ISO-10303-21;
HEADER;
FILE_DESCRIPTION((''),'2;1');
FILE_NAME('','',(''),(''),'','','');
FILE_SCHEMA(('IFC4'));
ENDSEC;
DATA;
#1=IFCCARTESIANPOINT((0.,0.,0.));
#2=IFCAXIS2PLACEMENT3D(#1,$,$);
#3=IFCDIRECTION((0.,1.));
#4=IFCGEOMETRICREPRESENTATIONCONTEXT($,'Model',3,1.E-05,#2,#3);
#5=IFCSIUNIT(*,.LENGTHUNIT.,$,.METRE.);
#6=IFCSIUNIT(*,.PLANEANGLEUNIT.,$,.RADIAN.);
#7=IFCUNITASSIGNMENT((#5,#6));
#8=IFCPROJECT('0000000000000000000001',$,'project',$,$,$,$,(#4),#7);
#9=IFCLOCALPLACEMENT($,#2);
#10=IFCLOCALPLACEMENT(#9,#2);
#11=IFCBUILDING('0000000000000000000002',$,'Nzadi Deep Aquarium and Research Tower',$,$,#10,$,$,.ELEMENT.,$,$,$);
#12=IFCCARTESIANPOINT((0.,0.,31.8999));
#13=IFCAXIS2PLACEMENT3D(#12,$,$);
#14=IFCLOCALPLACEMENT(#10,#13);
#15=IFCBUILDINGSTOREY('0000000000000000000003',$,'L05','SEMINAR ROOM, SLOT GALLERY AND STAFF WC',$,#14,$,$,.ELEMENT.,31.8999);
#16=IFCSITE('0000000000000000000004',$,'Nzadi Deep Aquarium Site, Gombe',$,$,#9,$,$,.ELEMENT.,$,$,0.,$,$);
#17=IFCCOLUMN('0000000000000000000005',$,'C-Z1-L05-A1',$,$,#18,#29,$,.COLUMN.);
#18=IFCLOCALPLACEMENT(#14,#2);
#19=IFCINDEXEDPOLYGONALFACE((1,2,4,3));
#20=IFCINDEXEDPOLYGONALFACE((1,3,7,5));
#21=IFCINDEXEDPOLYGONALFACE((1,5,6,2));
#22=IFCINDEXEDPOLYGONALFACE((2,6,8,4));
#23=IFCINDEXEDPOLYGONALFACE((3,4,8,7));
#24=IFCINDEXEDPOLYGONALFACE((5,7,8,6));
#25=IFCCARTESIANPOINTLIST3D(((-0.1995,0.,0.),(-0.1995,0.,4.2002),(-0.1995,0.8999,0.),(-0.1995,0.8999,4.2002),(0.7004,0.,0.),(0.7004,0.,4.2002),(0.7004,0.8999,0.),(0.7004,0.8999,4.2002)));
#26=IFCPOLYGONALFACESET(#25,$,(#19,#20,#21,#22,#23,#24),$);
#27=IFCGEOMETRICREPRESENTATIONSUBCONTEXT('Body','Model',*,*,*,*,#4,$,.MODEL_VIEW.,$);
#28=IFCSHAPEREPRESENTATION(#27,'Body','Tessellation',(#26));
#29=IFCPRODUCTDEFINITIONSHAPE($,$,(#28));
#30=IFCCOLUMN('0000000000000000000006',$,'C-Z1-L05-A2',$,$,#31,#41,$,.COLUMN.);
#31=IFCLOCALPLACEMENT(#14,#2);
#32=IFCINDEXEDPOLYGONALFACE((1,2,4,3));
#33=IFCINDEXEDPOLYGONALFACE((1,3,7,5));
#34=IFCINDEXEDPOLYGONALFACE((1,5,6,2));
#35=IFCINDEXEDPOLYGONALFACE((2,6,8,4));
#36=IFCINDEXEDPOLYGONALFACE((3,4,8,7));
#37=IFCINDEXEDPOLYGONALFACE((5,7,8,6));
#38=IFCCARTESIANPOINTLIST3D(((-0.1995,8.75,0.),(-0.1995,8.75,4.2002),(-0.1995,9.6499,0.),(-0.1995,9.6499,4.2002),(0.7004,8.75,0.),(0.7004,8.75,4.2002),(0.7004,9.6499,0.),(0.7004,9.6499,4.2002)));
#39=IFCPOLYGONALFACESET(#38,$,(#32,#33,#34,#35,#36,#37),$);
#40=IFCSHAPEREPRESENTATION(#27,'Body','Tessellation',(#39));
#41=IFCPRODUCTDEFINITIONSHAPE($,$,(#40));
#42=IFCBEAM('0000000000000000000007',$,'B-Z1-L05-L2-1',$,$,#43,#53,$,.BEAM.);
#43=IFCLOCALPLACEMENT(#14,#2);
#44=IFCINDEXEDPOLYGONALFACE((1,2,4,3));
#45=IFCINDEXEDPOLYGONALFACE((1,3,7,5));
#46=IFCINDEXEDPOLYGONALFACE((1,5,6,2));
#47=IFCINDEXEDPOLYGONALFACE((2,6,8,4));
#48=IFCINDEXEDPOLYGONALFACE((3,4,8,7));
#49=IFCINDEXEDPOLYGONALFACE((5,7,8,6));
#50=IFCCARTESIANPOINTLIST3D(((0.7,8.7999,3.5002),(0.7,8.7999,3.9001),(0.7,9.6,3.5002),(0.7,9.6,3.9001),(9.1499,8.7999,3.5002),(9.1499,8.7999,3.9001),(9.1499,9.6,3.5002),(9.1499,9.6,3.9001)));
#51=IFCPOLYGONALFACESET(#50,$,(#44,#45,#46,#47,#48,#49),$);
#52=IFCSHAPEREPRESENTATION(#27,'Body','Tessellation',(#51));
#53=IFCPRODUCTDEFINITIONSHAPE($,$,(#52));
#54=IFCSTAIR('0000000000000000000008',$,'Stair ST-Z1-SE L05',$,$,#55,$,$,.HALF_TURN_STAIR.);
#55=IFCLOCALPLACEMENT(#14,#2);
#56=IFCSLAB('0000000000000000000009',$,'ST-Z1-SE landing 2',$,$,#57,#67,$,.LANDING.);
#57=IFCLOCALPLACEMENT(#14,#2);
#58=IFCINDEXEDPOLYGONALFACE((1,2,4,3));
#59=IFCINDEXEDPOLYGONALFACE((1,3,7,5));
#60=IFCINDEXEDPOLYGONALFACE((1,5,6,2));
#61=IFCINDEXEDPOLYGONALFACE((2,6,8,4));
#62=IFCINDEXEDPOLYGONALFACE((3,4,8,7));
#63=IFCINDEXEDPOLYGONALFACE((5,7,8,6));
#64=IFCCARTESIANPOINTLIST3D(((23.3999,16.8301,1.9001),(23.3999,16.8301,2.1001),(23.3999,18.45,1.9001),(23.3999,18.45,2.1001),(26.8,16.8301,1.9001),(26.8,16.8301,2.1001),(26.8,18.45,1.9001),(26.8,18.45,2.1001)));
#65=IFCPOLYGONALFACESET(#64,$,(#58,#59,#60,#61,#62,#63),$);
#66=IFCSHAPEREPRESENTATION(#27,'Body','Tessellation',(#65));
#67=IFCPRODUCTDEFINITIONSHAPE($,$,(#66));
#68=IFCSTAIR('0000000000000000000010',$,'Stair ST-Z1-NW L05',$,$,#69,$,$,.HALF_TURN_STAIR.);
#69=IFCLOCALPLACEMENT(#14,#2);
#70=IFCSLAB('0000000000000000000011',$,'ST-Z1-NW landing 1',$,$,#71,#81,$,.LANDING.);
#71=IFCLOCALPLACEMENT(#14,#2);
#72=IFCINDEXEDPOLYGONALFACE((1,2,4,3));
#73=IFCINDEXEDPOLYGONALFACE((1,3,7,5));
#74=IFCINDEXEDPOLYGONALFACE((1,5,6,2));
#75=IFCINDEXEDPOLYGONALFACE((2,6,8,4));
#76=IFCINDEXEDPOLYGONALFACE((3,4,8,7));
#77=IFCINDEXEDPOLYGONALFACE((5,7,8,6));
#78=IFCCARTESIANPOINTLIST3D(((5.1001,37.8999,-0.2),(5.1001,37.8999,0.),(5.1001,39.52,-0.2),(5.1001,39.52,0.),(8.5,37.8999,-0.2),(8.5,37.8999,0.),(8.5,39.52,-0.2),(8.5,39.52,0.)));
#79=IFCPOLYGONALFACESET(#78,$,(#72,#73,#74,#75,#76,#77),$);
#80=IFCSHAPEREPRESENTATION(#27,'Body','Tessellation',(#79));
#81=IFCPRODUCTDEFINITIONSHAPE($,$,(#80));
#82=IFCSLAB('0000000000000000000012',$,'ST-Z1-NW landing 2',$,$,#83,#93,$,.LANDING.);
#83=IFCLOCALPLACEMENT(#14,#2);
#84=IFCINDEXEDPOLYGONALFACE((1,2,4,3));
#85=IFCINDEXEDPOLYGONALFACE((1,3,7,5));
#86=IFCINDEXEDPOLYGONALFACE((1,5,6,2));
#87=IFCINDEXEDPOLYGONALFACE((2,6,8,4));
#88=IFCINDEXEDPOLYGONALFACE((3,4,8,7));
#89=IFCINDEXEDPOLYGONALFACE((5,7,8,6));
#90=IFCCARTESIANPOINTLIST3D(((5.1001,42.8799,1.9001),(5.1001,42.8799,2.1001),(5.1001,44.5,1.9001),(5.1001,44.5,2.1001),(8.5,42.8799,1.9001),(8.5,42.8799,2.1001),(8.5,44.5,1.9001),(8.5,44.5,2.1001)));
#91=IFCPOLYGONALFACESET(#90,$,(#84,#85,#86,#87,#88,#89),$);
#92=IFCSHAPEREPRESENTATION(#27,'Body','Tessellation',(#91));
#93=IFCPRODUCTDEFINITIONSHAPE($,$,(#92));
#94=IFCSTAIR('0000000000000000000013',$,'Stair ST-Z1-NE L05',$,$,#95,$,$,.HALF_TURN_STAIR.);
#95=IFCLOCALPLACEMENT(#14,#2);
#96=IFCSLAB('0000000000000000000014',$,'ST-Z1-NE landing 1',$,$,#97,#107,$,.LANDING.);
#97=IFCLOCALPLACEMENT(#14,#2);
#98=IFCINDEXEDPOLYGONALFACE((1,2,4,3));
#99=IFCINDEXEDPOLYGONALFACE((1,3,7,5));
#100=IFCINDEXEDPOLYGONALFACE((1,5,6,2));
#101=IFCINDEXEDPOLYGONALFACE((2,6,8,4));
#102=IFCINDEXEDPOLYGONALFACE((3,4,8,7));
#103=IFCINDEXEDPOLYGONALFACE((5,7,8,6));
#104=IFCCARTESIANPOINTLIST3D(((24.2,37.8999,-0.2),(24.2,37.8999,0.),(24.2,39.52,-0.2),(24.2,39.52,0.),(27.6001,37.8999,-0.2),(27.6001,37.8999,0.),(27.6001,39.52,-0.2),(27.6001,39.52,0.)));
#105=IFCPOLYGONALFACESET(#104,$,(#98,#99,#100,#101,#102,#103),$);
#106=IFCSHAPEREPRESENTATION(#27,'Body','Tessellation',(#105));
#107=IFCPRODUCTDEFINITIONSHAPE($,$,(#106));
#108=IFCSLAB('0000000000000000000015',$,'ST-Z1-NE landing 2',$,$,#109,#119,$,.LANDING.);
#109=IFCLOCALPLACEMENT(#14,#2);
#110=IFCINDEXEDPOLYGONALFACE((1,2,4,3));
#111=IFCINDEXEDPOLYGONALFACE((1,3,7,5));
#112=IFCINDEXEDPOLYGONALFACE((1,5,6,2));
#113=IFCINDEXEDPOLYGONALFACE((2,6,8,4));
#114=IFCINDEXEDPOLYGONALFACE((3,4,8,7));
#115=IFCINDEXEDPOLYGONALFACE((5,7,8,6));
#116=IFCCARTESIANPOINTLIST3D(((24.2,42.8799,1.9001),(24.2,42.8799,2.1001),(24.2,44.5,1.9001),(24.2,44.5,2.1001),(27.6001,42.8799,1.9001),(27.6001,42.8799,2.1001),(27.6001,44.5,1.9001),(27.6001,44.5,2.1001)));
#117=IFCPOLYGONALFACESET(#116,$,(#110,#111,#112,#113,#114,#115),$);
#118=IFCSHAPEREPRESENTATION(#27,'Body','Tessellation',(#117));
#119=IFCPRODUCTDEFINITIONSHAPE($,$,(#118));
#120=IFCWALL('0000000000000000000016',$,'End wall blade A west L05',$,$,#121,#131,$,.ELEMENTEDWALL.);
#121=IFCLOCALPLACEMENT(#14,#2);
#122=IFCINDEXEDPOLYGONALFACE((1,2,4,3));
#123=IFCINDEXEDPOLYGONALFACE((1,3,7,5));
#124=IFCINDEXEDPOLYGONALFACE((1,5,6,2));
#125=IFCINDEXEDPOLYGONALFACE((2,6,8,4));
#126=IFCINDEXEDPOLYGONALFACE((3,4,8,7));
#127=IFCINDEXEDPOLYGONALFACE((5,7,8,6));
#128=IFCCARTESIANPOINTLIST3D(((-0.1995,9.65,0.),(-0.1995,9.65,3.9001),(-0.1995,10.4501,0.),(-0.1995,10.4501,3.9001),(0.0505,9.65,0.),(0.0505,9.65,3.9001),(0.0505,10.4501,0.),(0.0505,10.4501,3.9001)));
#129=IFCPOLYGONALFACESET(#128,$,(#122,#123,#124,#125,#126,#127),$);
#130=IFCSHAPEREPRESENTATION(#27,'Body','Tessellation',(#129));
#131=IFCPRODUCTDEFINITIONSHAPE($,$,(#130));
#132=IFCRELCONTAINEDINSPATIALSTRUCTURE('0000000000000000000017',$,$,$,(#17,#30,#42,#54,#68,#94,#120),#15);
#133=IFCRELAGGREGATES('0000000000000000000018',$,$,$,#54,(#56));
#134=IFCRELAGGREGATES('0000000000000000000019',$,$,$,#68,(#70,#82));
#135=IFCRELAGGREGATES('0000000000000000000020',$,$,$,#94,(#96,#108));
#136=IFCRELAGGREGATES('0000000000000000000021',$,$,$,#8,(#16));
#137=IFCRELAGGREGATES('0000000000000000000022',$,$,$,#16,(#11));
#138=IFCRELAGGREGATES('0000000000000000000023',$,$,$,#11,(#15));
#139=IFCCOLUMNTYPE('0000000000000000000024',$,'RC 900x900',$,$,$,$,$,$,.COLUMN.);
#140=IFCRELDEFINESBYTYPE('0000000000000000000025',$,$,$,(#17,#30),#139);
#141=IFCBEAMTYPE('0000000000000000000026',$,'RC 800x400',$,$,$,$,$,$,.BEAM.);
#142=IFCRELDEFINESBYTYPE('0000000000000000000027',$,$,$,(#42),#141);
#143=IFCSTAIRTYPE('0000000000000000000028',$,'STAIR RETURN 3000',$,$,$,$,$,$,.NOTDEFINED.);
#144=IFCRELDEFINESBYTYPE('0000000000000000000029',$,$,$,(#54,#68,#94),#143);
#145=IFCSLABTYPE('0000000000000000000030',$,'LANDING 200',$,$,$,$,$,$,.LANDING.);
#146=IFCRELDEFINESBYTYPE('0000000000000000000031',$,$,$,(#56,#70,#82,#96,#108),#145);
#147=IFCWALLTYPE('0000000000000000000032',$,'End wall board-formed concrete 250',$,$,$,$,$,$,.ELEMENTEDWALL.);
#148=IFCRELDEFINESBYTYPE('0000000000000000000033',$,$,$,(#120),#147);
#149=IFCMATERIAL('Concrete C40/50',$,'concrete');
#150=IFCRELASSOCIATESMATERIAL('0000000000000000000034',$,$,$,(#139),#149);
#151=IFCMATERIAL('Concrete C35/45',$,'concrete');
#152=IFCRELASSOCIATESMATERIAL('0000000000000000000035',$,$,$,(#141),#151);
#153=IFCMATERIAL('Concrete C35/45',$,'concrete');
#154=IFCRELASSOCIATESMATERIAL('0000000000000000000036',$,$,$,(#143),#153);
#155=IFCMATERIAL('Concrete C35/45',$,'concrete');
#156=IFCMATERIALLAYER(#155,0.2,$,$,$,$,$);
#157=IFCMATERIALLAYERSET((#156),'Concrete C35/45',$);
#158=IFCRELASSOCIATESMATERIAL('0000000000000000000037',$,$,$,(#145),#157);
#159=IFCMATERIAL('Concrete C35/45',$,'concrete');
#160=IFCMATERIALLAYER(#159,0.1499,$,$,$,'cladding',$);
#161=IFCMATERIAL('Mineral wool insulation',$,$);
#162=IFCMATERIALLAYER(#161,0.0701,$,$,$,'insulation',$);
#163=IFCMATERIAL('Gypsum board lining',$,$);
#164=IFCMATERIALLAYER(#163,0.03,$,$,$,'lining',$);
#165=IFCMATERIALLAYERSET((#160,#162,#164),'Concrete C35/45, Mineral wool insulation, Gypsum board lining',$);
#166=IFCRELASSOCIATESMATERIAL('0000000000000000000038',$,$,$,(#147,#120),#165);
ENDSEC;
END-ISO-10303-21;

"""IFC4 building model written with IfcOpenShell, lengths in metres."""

from ifc_helpers import new_model, si_unit, direction, frame, frame_2d, origin, origin_2d, place, context, subcontext, project, spatial, polyline, rectangle, outline, extrude, material, layer, layer_set, layer_usage, material_profile, profile_set, type_object, element, aggregate, save


model = new_model("IFC4")

# Units and contexts
model_context = context("Model", 3, precision=1e-05, world=origin(), true_north=direction((0.0, 1.0)))
body_context = subcontext(model_context, "Body", "Model", "MODEL_VIEW")
ifc_project = project(units=[si_unit("LENGTHUNIT", "METRE"), si_unit("PLANEANGLEUNIT", "RADIAN")], contexts=[model_context])

# Site, building, storey
site_placement = place(None, origin())
site = spatial("IfcSite", under=ifc_project, at=site_placement, Name="Nzadi Deep Aquarium Site, Gombe", CompositionType="ELEMENT", RefElevation=0.0)
building_placement = place(site_placement, origin())
building = spatial("IfcBuilding", under=site, at=building_placement, Name="Nzadi Deep Aquarium and Research Tower", CompositionType="ELEMENT")
storey_placement = place(building_placement, frame((0.0, 0.0, 31.8999)))
storey = spatial("IfcBuildingStorey", under=building, at=storey_placement, Name="L05", Description="SEMINAR ROOM, SLOT GALLERY AND STAFF WC", CompositionType="ELEMENT", Elevation=31.8999)

# Columns
ifc_material_1 = material(Name="Concrete C40/50", Category="concrete")
ifc_material_profile_1 = material_profile(ifc_material_1, rectangle(XDim=0.8999, YDim=0.8999, at=origin_2d()))
ifc_profile_set_1 = profile_set([ifc_material_profile_1], Name="Concrete C40/50")
column_type = type_object("IfcColumnType", Name="RC 900x900", PredefinedType="COLUMN", material=ifc_profile_set_1)
for number, where, z_axis, x_axis, name in (
    (1, (0.2505, 0.45, 0.0), (0.0, 0.0, 1.0), (1.0, 0.0, 0.0), "C-Z1-L05-A1"),
    (2, (0.2505, 9.2, 0.0), (0.0, 0.0, 1.0), (1.0, 0.0, 0.0), "C-Z1-L05-A2"),
):
    element("IfcColumn", number, at=place(storey_placement, frame(where, z_axis=z_axis, x_axis=x_axis)), inside=storey, type_object=column_type, Name=name, PredefinedType="COLUMN", context=body_context, shape_type="SweptSolid", body=[
        extrude(rectangle(XDim=0.8999, YDim=0.8999, at=origin_2d()), origin(), (0.0, 0.0, 1.0), 4.2002),
    ])

# Beam
ifc_material_2 = material(Name="Concrete C35/45", Category="concrete")
ifc_material_profile_2 = material_profile(ifc_material_2, rectangle(XDim=0.8, YDim=0.3999, at=origin_2d()))
ifc_profile_set_2 = profile_set([ifc_material_profile_2], Name="Concrete C35/45")
beam_type = type_object("IfcBeamType", Name="RC 800x400", PredefinedType="BEAM", material=ifc_profile_set_2)
beam_placement = place(storey_placement, frame((0.7, 9.2, 3.7002), z_axis=(1.0, 0.0, 0.0), x_axis=(0.0, 1.0, 0.0)))
element("IfcBeam", 3, at=beam_placement, inside=storey, type_object=beam_type, Name="B-Z1-L05-L2-1", PredefinedType="BEAM", context=body_context, shape_type="SweptSolid", body=[
    extrude(rectangle(XDim=0.8, YDim=0.3999, at=origin_2d()), origin(), (0.0, 0.0, 1.0), 8.45),
])

# Stair, slab
ifc_material_3 = material(Name="Concrete C35/45", Category="concrete")
stair_type = type_object("IfcStairType", Name="STAIR RETURN 3000", PredefinedType="NOTDEFINED", material=ifc_material_3)
stair_1_placement = place(storey_placement, origin())
stair_1 = element("IfcStair", 4, at=stair_1_placement, inside=storey, type_object=stair_type, Name="Stair ST-Z1-SE L05", PredefinedType="HALF_TURN_STAIR")
ifc_material_4 = material(Name="Concrete C35/45", Category="concrete")
ifc_layer_1 = layer(ifc_material_4, 0.2)
ifc_layer_set_1 = layer_set([ifc_layer_1], Name="Concrete C35/45")
slab_type = type_object("IfcSlabType", Name="LANDING 200", PredefinedType="LANDING", material=ifc_layer_set_1)
slab_1_placement = place(storey_placement, frame((0.0, 0.0, 1.9001)))
slab_1 = element("IfcSlab", 5, at=slab_1_placement, type_object=slab_type, Name="ST-Z1-SE landing 2", PredefinedType="LANDING", context=body_context, shape_type="SweptSolid", body=[
    extrude(outline(polyline([(23.3999, 16.8301), (26.8, 16.8301), (26.8, 18.45), (23.3999, 18.45), (23.3999, 16.8301)])), origin(), (0.0, 0.0, 1.0), 0.2),
])
aggregate(stair_1, [slab_1])

# Stairs, slabs
stair_2_placement = place(storey_placement, origin())
stair_2 = element("IfcStair", 6, at=stair_2_placement, inside=storey, type_object=stair_type, Name="Stair ST-Z1-NW L05", PredefinedType="HALF_TURN_STAIR")
slab_2_placement = place(storey_placement, frame((0.0, 0.0, -0.2)))
slab_2 = element("IfcSlab", 7, at=slab_2_placement, type_object=slab_type, Name="ST-Z1-NW landing 1", PredefinedType="LANDING", context=body_context, shape_type="SweptSolid", body=[
    extrude(outline(polyline([(5.1001, 37.8999), (8.5, 37.8999), (8.5, 39.52), (5.1001, 39.52), (5.1001, 37.8999)])), origin(), (0.0, 0.0, 1.0), 0.2),
])
slab_3_placement = place(storey_placement, frame((0.0, 0.0, 1.9001)))
slab_3 = element("IfcSlab", 8, at=slab_3_placement, type_object=slab_type, Name="ST-Z1-NW landing 2", PredefinedType="LANDING", context=body_context, shape_type="SweptSolid", body=[
    extrude(outline(polyline([(5.1001, 42.8799), (8.5, 42.8799), (8.5, 44.5), (5.1001, 44.5), (5.1001, 42.8799)])), origin(), (0.0, 0.0, 1.0), 0.2),
])
aggregate(stair_2, [slab_2, slab_3])
stair_3_placement = place(storey_placement, origin())
stair_3 = element("IfcStair", 9, at=stair_3_placement, inside=storey, type_object=stair_type, Name="Stair ST-Z1-NE L05", PredefinedType="HALF_TURN_STAIR")
slab_4_placement = place(storey_placement, frame((0.0, 0.0, -0.2)))
slab_4 = element("IfcSlab", 10, at=slab_4_placement, type_object=slab_type, Name="ST-Z1-NE landing 1", PredefinedType="LANDING", context=body_context, shape_type="SweptSolid", body=[
    extrude(outline(polyline([(24.2, 37.8999), (27.6001, 37.8999), (27.6001, 39.52), (24.2, 39.52), (24.2, 37.8999)])), origin(), (0.0, 0.0, 1.0), 0.2),
])
slab_5_placement = place(storey_placement, frame((0.0, 0.0, 1.9001)))
slab_5 = element("IfcSlab", 11, at=slab_5_placement, type_object=slab_type, Name="ST-Z1-NE landing 2", PredefinedType="LANDING", context=body_context, shape_type="SweptSolid", body=[
    extrude(outline(polyline([(24.2, 42.8799), (27.6001, 42.8799), (27.6001, 44.5), (24.2, 44.5), (24.2, 42.8799)])), origin(), (0.0, 0.0, 1.0), 0.2),
])
aggregate(stair_3, [slab_4, slab_5])

# Wall
ifc_material_5 = material(Name="Concrete C35/45", Category="concrete")
ifc_layer_2 = layer(ifc_material_5, 0.1499, Category="cladding")
ifc_material_6 = material(Name="Mineral wool insulation")
ifc_layer_3 = layer(ifc_material_6, 0.0701, Category="insulation")
ifc_material_7 = material(Name="Gypsum board lining")
ifc_layer_4 = layer(ifc_material_7, 0.03, Category="lining")
ifc_layer_set_2 = layer_set([ifc_layer_2, ifc_layer_3, ifc_layer_4], Name="Concrete C35/45, Mineral wool insulation, Gypsum board lining")
ifc_layer_usage_1 = layer_usage(ifc_layer_set_2, "AXIS2", "POSITIVE", -0.125)
wall_type_1 = type_object("IfcWallType", Name="End wall board-formed concrete 250", PredefinedType="ELEMENTEDWALL", material=ifc_layer_set_2)
wall_1_placement = place(storey_placement, frame((-0.0745, 10.45, 0.0), z_axis=(0.0, 0.0, 1.0), x_axis=(0.0, -1.0, 0.0)))
element("IfcWall", 12, at=wall_1_placement, inside=storey, type_object=wall_type_1, material=ifc_layer_usage_1, Name="End wall blade A west L05", PredefinedType="ELEMENTEDWALL", context=body_context, shape_type="SweptSolid", body=[
    extrude(rectangle(XDim=0.8, YDim=0.25, at=frame_2d((0.3999, 0.0))), origin(), (0.0, 0.0, 1.0), 3.9001),
])

save(model, "model.ifc")
